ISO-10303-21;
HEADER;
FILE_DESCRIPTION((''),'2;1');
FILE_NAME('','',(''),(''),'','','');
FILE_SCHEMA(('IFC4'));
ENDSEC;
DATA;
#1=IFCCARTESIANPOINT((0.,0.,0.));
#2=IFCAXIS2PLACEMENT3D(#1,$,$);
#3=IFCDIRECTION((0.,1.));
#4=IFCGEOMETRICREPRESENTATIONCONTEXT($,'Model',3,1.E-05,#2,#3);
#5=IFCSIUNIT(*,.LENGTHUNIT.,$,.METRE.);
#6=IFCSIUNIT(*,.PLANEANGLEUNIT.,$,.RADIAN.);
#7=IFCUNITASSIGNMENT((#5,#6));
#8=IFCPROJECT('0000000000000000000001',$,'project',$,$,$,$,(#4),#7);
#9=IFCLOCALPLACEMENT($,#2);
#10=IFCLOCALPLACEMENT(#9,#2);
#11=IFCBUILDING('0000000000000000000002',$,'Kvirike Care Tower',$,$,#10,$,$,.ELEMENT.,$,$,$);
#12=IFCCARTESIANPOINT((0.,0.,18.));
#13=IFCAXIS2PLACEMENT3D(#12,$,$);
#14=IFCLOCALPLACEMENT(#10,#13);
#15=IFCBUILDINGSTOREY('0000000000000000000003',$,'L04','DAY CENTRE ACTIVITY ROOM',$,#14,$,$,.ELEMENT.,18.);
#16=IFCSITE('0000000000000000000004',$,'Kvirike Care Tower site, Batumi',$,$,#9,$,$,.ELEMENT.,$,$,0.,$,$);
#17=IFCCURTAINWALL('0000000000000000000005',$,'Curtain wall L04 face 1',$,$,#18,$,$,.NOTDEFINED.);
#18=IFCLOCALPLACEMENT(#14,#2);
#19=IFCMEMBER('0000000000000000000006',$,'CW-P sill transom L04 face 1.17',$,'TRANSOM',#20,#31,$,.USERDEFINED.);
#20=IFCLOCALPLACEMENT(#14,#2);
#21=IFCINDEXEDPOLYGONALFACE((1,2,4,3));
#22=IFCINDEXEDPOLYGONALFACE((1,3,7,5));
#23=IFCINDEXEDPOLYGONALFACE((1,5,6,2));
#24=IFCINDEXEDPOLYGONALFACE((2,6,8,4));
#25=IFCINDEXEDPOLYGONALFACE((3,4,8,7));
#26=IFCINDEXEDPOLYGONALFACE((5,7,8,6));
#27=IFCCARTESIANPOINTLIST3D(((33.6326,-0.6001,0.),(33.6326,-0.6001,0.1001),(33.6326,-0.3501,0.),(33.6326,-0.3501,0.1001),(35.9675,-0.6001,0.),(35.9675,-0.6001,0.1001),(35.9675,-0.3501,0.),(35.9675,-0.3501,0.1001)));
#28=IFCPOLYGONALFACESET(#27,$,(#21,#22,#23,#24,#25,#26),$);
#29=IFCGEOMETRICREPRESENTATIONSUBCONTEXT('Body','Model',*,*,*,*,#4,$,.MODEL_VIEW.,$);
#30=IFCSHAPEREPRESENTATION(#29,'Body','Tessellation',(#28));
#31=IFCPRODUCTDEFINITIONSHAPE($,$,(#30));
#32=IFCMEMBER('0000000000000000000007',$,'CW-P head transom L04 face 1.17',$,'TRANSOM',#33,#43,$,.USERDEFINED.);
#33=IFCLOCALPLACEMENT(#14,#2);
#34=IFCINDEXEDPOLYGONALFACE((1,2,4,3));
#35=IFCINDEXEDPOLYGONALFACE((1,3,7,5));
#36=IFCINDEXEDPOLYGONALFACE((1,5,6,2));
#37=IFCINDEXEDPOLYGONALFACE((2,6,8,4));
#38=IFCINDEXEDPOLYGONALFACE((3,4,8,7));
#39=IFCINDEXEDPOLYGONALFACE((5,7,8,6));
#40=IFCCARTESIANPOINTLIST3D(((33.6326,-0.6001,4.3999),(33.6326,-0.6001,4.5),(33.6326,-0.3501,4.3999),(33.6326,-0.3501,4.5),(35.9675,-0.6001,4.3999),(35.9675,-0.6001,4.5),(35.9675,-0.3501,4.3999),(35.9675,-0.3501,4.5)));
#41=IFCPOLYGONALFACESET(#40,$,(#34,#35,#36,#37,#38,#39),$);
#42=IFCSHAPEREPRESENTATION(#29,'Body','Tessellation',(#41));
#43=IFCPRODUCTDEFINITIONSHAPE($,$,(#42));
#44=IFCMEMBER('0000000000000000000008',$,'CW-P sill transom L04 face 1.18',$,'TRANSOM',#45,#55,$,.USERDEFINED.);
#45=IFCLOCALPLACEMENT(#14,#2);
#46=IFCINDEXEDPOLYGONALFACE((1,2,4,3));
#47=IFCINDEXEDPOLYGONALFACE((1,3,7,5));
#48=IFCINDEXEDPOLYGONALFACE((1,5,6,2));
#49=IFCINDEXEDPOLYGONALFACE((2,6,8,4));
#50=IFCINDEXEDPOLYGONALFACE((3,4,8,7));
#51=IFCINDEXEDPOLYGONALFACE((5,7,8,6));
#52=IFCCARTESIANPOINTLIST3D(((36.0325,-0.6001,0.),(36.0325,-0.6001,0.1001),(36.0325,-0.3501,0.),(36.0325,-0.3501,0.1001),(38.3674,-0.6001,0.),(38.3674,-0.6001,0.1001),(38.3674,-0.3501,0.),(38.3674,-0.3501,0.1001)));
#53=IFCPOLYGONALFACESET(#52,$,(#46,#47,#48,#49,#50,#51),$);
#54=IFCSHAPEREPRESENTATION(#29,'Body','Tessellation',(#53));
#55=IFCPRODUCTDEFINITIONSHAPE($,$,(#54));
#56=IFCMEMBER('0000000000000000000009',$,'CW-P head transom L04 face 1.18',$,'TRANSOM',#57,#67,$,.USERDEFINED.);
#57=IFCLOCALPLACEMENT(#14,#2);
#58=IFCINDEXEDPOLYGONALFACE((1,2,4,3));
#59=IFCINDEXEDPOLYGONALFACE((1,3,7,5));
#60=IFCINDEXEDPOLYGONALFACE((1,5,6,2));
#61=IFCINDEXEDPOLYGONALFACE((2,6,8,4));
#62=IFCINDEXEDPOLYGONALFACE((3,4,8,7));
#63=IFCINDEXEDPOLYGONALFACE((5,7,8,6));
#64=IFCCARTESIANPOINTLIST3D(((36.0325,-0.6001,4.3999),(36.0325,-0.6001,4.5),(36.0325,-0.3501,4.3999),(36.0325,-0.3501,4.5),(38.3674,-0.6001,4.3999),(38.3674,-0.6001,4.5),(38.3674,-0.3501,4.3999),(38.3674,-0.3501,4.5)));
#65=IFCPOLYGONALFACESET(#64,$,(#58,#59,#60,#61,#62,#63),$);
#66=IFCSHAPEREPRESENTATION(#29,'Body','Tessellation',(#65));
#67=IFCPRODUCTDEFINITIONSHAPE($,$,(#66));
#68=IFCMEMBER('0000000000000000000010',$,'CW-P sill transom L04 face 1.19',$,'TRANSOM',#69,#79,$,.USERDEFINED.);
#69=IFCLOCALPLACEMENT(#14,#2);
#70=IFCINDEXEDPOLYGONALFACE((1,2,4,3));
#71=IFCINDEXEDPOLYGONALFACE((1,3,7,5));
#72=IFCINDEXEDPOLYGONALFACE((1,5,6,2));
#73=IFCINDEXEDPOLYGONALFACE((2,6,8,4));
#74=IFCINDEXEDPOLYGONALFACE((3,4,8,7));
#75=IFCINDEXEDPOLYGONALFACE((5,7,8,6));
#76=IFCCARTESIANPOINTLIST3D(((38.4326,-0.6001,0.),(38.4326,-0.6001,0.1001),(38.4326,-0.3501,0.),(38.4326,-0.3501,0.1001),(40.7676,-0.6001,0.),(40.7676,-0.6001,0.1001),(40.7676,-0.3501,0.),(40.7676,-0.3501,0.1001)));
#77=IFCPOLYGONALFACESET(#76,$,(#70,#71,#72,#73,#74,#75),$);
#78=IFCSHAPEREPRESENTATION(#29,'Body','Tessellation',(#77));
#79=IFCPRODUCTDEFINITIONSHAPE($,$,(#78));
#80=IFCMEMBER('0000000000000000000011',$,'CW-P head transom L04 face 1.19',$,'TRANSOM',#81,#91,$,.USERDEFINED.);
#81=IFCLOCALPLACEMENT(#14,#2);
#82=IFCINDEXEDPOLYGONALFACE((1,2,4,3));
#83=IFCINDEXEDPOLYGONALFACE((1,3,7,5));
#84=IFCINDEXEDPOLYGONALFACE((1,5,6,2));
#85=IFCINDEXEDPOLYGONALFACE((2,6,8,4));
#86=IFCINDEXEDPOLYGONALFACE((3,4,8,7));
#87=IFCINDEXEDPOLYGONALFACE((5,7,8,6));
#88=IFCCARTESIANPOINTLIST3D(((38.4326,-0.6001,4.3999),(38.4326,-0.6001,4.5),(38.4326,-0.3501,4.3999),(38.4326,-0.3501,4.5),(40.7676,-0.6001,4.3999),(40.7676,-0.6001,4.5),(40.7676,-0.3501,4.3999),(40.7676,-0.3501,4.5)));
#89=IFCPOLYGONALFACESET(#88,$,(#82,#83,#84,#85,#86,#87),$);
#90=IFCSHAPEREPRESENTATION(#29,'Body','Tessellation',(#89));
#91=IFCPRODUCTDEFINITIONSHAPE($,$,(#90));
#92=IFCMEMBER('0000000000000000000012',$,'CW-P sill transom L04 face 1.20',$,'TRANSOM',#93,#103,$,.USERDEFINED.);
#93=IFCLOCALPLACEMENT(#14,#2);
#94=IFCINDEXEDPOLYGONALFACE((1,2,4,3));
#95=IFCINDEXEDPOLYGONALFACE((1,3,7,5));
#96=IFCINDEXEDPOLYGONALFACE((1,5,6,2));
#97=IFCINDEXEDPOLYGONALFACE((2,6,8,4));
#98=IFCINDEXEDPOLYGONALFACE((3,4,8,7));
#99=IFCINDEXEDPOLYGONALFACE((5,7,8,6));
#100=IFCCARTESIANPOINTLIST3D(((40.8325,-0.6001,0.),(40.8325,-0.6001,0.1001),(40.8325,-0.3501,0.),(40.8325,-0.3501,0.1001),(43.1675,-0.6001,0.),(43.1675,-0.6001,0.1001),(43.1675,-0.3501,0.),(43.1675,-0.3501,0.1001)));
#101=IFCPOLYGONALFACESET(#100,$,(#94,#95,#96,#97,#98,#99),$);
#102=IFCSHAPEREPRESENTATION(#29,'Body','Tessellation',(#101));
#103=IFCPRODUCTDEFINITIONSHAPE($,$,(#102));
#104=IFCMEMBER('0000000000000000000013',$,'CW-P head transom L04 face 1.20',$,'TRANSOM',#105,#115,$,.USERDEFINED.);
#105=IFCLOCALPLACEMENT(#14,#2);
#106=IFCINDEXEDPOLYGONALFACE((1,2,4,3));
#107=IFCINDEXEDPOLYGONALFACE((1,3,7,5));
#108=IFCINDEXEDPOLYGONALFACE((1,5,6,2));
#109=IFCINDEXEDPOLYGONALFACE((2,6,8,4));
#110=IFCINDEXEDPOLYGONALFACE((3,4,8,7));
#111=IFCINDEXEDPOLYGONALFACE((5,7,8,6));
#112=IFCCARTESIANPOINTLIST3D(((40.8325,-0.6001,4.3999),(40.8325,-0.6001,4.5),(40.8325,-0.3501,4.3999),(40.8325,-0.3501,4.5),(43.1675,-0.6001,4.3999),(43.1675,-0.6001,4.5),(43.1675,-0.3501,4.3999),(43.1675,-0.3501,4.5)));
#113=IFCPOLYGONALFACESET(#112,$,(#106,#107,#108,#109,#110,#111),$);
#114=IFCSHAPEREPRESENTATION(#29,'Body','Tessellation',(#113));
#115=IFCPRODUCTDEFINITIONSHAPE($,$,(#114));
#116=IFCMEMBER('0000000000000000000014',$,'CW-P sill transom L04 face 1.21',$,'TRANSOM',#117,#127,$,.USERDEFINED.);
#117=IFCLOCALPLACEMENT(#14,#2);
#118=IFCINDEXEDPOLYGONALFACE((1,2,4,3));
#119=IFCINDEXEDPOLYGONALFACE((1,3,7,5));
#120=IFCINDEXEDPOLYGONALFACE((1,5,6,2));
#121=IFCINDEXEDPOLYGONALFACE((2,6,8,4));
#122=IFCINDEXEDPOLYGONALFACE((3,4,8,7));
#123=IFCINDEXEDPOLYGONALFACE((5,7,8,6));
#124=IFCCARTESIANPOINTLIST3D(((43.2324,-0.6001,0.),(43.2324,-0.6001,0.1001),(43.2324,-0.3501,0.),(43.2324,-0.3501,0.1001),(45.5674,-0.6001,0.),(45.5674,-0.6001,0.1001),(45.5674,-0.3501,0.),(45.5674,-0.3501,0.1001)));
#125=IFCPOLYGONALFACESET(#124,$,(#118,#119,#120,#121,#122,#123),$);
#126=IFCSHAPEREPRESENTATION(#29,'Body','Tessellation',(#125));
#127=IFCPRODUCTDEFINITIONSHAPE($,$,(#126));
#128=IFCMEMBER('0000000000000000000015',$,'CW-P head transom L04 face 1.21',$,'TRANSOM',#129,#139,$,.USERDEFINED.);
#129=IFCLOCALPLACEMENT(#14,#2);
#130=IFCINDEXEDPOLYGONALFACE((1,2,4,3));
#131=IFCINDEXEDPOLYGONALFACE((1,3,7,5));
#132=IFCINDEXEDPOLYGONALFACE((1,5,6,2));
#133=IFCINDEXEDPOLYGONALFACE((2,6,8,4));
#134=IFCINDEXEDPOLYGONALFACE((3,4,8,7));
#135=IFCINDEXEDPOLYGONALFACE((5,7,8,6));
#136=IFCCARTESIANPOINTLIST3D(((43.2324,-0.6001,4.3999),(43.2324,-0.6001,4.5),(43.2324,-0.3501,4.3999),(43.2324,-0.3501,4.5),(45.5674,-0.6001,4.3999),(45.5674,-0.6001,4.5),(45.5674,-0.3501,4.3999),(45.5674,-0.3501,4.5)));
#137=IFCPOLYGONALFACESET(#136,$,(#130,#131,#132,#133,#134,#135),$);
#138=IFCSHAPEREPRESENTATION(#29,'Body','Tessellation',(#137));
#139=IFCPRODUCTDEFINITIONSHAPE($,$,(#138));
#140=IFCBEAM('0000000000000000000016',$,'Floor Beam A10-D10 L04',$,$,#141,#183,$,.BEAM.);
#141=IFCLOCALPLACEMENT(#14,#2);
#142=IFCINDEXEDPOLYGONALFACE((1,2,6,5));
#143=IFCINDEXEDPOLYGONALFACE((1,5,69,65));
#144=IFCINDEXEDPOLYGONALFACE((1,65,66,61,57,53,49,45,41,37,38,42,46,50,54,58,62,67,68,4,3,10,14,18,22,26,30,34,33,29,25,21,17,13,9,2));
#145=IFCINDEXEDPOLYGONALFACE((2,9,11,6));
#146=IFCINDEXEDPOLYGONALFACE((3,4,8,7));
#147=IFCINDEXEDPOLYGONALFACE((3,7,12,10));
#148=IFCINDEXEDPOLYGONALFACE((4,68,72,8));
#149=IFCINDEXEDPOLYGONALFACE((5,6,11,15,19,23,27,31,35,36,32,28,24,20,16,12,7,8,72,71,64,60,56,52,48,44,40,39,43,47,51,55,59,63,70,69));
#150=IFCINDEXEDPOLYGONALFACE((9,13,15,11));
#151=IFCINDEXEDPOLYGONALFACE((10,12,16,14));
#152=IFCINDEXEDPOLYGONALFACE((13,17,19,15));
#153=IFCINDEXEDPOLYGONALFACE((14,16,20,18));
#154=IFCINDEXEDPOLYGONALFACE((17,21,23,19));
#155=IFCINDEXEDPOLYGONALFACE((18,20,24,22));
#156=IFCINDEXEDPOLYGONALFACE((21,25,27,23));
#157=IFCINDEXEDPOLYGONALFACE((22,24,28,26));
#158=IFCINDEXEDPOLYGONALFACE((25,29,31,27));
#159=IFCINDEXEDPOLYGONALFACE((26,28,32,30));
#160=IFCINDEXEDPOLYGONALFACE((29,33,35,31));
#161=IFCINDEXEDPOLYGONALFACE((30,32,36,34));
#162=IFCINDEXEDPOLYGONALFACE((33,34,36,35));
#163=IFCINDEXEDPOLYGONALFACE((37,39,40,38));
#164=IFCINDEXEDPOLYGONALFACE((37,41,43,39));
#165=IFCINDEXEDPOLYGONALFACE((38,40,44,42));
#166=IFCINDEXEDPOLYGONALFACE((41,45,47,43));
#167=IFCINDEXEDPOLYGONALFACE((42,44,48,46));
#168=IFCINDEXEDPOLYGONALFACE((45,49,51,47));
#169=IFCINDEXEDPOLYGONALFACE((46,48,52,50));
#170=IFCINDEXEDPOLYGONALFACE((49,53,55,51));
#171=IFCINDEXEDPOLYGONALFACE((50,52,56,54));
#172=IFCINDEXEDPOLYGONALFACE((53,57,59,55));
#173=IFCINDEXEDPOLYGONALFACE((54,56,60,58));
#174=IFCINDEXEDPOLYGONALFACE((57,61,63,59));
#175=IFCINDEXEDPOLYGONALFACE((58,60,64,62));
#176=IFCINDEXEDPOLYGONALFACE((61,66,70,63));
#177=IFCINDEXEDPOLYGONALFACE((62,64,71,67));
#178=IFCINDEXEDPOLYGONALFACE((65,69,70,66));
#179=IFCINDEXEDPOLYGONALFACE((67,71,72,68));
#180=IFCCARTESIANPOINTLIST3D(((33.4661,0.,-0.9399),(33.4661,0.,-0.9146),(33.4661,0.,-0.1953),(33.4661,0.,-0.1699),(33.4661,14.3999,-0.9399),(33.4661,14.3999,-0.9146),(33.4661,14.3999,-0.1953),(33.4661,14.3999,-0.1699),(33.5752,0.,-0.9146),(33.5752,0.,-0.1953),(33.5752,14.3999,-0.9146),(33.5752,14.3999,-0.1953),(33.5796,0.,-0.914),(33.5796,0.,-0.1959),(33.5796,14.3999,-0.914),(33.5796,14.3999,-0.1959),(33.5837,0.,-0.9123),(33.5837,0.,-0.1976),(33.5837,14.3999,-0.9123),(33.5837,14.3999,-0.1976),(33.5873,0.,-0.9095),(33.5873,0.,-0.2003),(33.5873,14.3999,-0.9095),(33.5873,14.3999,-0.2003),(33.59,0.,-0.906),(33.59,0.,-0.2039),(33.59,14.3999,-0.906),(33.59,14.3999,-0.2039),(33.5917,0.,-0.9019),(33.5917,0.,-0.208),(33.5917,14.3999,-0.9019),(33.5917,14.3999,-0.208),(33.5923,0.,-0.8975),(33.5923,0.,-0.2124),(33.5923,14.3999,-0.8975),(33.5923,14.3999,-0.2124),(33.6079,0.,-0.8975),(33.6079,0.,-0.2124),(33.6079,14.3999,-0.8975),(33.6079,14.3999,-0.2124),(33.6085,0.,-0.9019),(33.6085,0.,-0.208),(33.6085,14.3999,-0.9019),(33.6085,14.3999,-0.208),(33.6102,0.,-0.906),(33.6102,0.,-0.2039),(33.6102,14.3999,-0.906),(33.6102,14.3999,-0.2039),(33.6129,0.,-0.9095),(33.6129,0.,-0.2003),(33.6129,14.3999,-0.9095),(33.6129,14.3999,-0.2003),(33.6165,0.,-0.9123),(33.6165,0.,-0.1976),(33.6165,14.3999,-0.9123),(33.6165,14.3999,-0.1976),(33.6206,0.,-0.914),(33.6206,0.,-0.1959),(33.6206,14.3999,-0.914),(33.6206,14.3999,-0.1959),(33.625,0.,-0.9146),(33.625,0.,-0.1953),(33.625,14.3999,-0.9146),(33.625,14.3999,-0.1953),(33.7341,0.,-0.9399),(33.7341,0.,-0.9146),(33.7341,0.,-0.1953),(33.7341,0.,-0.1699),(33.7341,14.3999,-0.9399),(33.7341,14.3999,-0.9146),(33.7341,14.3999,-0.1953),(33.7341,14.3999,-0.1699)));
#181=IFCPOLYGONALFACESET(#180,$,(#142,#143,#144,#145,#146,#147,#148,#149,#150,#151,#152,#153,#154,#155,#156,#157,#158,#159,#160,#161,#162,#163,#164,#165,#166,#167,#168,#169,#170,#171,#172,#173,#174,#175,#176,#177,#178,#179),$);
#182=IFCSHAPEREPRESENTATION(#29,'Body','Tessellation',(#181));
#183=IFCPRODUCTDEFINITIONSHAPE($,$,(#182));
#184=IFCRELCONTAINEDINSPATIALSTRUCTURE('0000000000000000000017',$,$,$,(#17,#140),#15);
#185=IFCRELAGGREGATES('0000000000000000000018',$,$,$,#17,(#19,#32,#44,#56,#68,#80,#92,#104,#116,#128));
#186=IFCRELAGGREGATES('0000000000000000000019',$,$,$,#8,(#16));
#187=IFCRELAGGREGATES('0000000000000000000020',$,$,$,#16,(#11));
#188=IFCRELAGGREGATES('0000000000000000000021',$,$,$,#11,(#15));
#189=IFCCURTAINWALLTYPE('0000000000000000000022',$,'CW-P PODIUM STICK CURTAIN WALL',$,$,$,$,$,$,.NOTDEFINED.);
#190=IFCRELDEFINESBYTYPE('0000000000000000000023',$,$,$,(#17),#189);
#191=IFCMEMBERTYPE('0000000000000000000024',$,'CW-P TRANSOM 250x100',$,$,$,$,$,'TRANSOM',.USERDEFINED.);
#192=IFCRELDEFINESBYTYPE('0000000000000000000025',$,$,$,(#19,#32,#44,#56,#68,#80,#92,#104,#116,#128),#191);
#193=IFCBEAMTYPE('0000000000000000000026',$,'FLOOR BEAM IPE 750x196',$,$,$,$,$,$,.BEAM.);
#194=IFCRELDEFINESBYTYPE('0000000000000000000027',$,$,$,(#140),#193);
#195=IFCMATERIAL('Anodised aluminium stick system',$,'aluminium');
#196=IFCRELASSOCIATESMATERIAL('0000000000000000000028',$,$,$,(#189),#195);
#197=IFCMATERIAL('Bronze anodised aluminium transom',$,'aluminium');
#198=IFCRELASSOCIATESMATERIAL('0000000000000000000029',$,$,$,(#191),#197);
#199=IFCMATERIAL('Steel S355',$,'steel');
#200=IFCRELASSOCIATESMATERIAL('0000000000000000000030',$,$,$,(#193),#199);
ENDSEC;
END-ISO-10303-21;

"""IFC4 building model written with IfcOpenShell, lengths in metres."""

from ifc_helpers import new_model, si_unit, direction, frame, origin, origin_2d, place, context, subcontext, project, spatial, rectangle, i_section, extrude, material, material_profile, profile_set, type_object, element, aggregate, save


model = new_model("IFC4")

# Units and contexts
model_context = context("Model", 3, precision=1e-05, world=origin(), true_north=direction((0.0, 1.0)))
body_context = subcontext(model_context, "Body", "Model", "MODEL_VIEW")
ifc_project = project(units=[si_unit("LENGTHUNIT", "METRE"), si_unit("PLANEANGLEUNIT", "RADIAN")], contexts=[model_context])

# Site, building, storey
site_placement = place(None, origin())
site = spatial("IfcSite", under=ifc_project, at=site_placement, Name="Kvirike Care Tower site, Batumi", CompositionType="ELEMENT", RefElevation=0.0)
building_placement = place(site_placement, origin())
building = spatial("IfcBuilding", under=site, at=building_placement, Name="Kvirike Care Tower", CompositionType="ELEMENT")
storey_placement = place(building_placement, frame((0.0, 0.0, 18.0)))
storey = spatial("IfcBuildingStorey", under=building, at=storey_placement, Name="L04", Description="DAY CENTRE ACTIVITY ROOM", CompositionType="ELEMENT", Elevation=18.0)

# Curtain wall, members
ifc_material_1 = material(Name="Anodised aluminium stick system", Category="aluminium")
curtain_wall_type = type_object("IfcCurtainWallType", Name="CW-P PODIUM STICK CURTAIN WALL", PredefinedType="NOTDEFINED", material=ifc_material_1)
curtain_wall_placement = place(storey_placement, origin())
curtain_wall = element("IfcCurtainWall", 1, at=curtain_wall_placement, inside=storey, type_object=curtain_wall_type, Name="Curtain wall L04 face 1", PredefinedType="NOTDEFINED")
ifc_material_2 = material(Name="Bronze anodised aluminium transom", Category="aluminium")
ifc_material_profile_1 = material_profile(ifc_material_2, rectangle(XDim=0.25, YDim=0.1001, at=origin_2d()), Name="CW-P TRANSOM 250x100")
ifc_profile_set_1 = profile_set([ifc_material_profile_1], Name="Bronze anodised aluminium transom")
member_type_1 = type_object("IfcMemberType", Name="CW-P TRANSOM 250x100", ElementType="TRANSOM", PredefinedType="USERDEFINED", material=ifc_profile_set_1)
member_1_placement = place(storey_placement, frame((33.6326, -0.4751, 0.05), z_axis=(1.0, 0.0, 0.0), x_axis=(0.0, 1.0, 0.0)))
member_1 = element("IfcMember", 2, at=member_1_placement, type_object=member_type_1, Name="CW-P sill transom L04 face 1.17", ObjectType="TRANSOM", PredefinedType="USERDEFINED", context=body_context, shape_type="SweptSolid", body=[
    extrude(rectangle(XDim=0.25, YDim=0.1001, at=origin_2d()), origin(), (0.0, 0.0, 1.0), 2.335),
])
member_2_placement = place(storey_placement, frame((33.6326, -0.4751, 4.45), z_axis=(1.0, 0.0, 0.0), x_axis=(0.0, 1.0, 0.0)))
member_2 = element("IfcMember", 3, at=member_2_placement, type_object=member_type_1, Name="CW-P head transom L04 face 1.17", ObjectType="TRANSOM", PredefinedType="USERDEFINED", context=body_context, shape_type="SweptSolid", body=[
    extrude(rectangle(XDim=0.25, YDim=0.1001, at=origin_2d()), origin(), (0.0, 0.0, 1.0), 2.335),
])
member_3_placement = place(storey_placement, frame((36.0325, -0.4751, 0.05), z_axis=(1.0, 0.0, 0.0), x_axis=(0.0, 1.0, 0.0)))
member_3 = element("IfcMember", 4, at=member_3_placement, type_object=member_type_1, Name="CW-P sill transom L04 face 1.18", ObjectType="TRANSOM", PredefinedType="USERDEFINED", context=body_context, shape_type="SweptSolid", body=[
    extrude(rectangle(XDim=0.25, YDim=0.1001, at=origin_2d()), origin(), (0.0, 0.0, 1.0), 2.335),
])
member_4_placement = place(storey_placement, frame((36.0325, -0.4751, 4.45), z_axis=(1.0, 0.0, 0.0), x_axis=(0.0, 1.0, 0.0)))
member_4 = element("IfcMember", 5, at=member_4_placement, type_object=member_type_1, Name="CW-P head transom L04 face 1.18", ObjectType="TRANSOM", PredefinedType="USERDEFINED", context=body_context, shape_type="SweptSolid", body=[
    extrude(rectangle(XDim=0.25, YDim=0.1001, at=origin_2d()), origin(), (0.0, 0.0, 1.0), 2.335),
])
member_5_placement = place(storey_placement, frame((38.4326, -0.4751, 0.05), z_axis=(1.0, 0.0, 0.0), x_axis=(0.0, 1.0, 0.0)))
member_5 = element("IfcMember", 6, at=member_5_placement, type_object=member_type_1, Name="CW-P sill transom L04 face 1.19", ObjectType="TRANSOM", PredefinedType="USERDEFINED", context=body_context, shape_type="SweptSolid", body=[
    extrude(rectangle(XDim=0.25, YDim=0.1001, at=origin_2d()), origin(), (0.0, 0.0, 1.0), 2.335),
])
member_6_placement = place(storey_placement, frame((38.4326, -0.4751, 4.45), z_axis=(1.0, 0.0, 0.0), x_axis=(0.0, 1.0, 0.0)))
member_6 = element("IfcMember", 7, at=member_6_placement, type_object=member_type_1, Name="CW-P head transom L04 face 1.19", ObjectType="TRANSOM", PredefinedType="USERDEFINED", context=body_context, shape_type="SweptSolid", body=[
    extrude(rectangle(XDim=0.25, YDim=0.1001, at=origin_2d()), origin(), (0.0, 0.0, 1.0), 2.335),
])
member_7_placement = place(storey_placement, frame((40.8325, -0.4751, 0.05), z_axis=(1.0, 0.0, 0.0), x_axis=(0.0, 1.0, 0.0)))
member_7 = element("IfcMember", 8, at=member_7_placement, type_object=member_type_1, Name="CW-P sill transom L04 face 1.20", ObjectType="TRANSOM", PredefinedType="USERDEFINED", context=body_context, shape_type="SweptSolid", body=[
    extrude(rectangle(XDim=0.25, YDim=0.1001, at=origin_2d()), origin(), (0.0, 0.0, 1.0), 2.335),
])
member_8_placement = place(storey_placement, frame((40.8325, -0.4751, 4.45), z_axis=(1.0, 0.0, 0.0), x_axis=(0.0, 1.0, 0.0)))
member_8 = element("IfcMember", 9, at=member_8_placement, type_object=member_type_1, Name="CW-P head transom L04 face 1.20", ObjectType="TRANSOM", PredefinedType="USERDEFINED", context=body_context, shape_type="SweptSolid", body=[
    extrude(rectangle(XDim=0.25, YDim=0.1001, at=origin_2d()), origin(), (0.0, 0.0, 1.0), 2.335),
])
member_9_placement = place(storey_placement, frame((43.2324, -0.4751, 0.05), z_axis=(1.0, 0.0, 0.0), x_axis=(0.0, 1.0, 0.0)))
member_9 = element("IfcMember", 10, at=member_9_placement, type_object=member_type_1, Name="CW-P sill transom L04 face 1.21", ObjectType="TRANSOM", PredefinedType="USERDEFINED", context=body_context, shape_type="SweptSolid", body=[
    extrude(rectangle(XDim=0.25, YDim=0.1001, at=origin_2d()), origin(), (0.0, 0.0, 1.0), 2.335),
])
member_10_placement = place(storey_placement, frame((43.2324, -0.4751, 4.45), z_axis=(1.0, 0.0, 0.0), x_axis=(0.0, 1.0, 0.0)))
member_10 = element("IfcMember", 11, at=member_10_placement, type_object=member_type_1, Name="CW-P head transom L04 face 1.21", ObjectType="TRANSOM", PredefinedType="USERDEFINED", context=body_context, shape_type="SweptSolid", body=[
    extrude(rectangle(XDim=0.25, YDim=0.1001, at=origin_2d()), origin(), (0.0, 0.0, 1.0), 2.335),
])

# Beam
ifc_material_3 = material(Name="Steel S355", Category="steel")
ifc_material_profile_2 = material_profile(ifc_material_3, i_section(OverallWidth=0.2681, OverallDepth=0.77, WebThickness=0.0156, FlangeThickness=0.0254, FilletRadius=0.0171, at=origin_2d()), Name="IPE 750x196")
ifc_profile_set_2 = profile_set([ifc_material_profile_2], Name="Steel S355")
beam_type_1 = type_object("IfcBeamType", Name="FLOOR BEAM IPE 750x196", PredefinedType="BEAM", material=ifc_profile_set_2)
beam_1_placement = place(storey_placement, frame((33.6001, 0.0, -0.5549), z_axis=(0.0, 1.0, 0.0), x_axis=(-1.0, 0.0, 0.0)))
element("IfcBeam", 12, at=beam_1_placement, inside=storey, type_object=beam_type_1, Name="Floor Beam A10-D10 L04", PredefinedType="BEAM", context=body_context, shape_type="SweptSolid", body=[
    extrude(i_section(OverallWidth=0.2681, OverallDepth=0.77, WebThickness=0.0156, FlangeThickness=0.0254, FilletRadius=0.0171, at=origin_2d()), origin(), (0.0, 0.0, 1.0), 14.3999),
])

aggregate(curtain_wall, [member_1, member_2, member_3, member_4, member_5, member_6, member_7, member_8, member_9, member_10])

save(model, "model.ifc")
